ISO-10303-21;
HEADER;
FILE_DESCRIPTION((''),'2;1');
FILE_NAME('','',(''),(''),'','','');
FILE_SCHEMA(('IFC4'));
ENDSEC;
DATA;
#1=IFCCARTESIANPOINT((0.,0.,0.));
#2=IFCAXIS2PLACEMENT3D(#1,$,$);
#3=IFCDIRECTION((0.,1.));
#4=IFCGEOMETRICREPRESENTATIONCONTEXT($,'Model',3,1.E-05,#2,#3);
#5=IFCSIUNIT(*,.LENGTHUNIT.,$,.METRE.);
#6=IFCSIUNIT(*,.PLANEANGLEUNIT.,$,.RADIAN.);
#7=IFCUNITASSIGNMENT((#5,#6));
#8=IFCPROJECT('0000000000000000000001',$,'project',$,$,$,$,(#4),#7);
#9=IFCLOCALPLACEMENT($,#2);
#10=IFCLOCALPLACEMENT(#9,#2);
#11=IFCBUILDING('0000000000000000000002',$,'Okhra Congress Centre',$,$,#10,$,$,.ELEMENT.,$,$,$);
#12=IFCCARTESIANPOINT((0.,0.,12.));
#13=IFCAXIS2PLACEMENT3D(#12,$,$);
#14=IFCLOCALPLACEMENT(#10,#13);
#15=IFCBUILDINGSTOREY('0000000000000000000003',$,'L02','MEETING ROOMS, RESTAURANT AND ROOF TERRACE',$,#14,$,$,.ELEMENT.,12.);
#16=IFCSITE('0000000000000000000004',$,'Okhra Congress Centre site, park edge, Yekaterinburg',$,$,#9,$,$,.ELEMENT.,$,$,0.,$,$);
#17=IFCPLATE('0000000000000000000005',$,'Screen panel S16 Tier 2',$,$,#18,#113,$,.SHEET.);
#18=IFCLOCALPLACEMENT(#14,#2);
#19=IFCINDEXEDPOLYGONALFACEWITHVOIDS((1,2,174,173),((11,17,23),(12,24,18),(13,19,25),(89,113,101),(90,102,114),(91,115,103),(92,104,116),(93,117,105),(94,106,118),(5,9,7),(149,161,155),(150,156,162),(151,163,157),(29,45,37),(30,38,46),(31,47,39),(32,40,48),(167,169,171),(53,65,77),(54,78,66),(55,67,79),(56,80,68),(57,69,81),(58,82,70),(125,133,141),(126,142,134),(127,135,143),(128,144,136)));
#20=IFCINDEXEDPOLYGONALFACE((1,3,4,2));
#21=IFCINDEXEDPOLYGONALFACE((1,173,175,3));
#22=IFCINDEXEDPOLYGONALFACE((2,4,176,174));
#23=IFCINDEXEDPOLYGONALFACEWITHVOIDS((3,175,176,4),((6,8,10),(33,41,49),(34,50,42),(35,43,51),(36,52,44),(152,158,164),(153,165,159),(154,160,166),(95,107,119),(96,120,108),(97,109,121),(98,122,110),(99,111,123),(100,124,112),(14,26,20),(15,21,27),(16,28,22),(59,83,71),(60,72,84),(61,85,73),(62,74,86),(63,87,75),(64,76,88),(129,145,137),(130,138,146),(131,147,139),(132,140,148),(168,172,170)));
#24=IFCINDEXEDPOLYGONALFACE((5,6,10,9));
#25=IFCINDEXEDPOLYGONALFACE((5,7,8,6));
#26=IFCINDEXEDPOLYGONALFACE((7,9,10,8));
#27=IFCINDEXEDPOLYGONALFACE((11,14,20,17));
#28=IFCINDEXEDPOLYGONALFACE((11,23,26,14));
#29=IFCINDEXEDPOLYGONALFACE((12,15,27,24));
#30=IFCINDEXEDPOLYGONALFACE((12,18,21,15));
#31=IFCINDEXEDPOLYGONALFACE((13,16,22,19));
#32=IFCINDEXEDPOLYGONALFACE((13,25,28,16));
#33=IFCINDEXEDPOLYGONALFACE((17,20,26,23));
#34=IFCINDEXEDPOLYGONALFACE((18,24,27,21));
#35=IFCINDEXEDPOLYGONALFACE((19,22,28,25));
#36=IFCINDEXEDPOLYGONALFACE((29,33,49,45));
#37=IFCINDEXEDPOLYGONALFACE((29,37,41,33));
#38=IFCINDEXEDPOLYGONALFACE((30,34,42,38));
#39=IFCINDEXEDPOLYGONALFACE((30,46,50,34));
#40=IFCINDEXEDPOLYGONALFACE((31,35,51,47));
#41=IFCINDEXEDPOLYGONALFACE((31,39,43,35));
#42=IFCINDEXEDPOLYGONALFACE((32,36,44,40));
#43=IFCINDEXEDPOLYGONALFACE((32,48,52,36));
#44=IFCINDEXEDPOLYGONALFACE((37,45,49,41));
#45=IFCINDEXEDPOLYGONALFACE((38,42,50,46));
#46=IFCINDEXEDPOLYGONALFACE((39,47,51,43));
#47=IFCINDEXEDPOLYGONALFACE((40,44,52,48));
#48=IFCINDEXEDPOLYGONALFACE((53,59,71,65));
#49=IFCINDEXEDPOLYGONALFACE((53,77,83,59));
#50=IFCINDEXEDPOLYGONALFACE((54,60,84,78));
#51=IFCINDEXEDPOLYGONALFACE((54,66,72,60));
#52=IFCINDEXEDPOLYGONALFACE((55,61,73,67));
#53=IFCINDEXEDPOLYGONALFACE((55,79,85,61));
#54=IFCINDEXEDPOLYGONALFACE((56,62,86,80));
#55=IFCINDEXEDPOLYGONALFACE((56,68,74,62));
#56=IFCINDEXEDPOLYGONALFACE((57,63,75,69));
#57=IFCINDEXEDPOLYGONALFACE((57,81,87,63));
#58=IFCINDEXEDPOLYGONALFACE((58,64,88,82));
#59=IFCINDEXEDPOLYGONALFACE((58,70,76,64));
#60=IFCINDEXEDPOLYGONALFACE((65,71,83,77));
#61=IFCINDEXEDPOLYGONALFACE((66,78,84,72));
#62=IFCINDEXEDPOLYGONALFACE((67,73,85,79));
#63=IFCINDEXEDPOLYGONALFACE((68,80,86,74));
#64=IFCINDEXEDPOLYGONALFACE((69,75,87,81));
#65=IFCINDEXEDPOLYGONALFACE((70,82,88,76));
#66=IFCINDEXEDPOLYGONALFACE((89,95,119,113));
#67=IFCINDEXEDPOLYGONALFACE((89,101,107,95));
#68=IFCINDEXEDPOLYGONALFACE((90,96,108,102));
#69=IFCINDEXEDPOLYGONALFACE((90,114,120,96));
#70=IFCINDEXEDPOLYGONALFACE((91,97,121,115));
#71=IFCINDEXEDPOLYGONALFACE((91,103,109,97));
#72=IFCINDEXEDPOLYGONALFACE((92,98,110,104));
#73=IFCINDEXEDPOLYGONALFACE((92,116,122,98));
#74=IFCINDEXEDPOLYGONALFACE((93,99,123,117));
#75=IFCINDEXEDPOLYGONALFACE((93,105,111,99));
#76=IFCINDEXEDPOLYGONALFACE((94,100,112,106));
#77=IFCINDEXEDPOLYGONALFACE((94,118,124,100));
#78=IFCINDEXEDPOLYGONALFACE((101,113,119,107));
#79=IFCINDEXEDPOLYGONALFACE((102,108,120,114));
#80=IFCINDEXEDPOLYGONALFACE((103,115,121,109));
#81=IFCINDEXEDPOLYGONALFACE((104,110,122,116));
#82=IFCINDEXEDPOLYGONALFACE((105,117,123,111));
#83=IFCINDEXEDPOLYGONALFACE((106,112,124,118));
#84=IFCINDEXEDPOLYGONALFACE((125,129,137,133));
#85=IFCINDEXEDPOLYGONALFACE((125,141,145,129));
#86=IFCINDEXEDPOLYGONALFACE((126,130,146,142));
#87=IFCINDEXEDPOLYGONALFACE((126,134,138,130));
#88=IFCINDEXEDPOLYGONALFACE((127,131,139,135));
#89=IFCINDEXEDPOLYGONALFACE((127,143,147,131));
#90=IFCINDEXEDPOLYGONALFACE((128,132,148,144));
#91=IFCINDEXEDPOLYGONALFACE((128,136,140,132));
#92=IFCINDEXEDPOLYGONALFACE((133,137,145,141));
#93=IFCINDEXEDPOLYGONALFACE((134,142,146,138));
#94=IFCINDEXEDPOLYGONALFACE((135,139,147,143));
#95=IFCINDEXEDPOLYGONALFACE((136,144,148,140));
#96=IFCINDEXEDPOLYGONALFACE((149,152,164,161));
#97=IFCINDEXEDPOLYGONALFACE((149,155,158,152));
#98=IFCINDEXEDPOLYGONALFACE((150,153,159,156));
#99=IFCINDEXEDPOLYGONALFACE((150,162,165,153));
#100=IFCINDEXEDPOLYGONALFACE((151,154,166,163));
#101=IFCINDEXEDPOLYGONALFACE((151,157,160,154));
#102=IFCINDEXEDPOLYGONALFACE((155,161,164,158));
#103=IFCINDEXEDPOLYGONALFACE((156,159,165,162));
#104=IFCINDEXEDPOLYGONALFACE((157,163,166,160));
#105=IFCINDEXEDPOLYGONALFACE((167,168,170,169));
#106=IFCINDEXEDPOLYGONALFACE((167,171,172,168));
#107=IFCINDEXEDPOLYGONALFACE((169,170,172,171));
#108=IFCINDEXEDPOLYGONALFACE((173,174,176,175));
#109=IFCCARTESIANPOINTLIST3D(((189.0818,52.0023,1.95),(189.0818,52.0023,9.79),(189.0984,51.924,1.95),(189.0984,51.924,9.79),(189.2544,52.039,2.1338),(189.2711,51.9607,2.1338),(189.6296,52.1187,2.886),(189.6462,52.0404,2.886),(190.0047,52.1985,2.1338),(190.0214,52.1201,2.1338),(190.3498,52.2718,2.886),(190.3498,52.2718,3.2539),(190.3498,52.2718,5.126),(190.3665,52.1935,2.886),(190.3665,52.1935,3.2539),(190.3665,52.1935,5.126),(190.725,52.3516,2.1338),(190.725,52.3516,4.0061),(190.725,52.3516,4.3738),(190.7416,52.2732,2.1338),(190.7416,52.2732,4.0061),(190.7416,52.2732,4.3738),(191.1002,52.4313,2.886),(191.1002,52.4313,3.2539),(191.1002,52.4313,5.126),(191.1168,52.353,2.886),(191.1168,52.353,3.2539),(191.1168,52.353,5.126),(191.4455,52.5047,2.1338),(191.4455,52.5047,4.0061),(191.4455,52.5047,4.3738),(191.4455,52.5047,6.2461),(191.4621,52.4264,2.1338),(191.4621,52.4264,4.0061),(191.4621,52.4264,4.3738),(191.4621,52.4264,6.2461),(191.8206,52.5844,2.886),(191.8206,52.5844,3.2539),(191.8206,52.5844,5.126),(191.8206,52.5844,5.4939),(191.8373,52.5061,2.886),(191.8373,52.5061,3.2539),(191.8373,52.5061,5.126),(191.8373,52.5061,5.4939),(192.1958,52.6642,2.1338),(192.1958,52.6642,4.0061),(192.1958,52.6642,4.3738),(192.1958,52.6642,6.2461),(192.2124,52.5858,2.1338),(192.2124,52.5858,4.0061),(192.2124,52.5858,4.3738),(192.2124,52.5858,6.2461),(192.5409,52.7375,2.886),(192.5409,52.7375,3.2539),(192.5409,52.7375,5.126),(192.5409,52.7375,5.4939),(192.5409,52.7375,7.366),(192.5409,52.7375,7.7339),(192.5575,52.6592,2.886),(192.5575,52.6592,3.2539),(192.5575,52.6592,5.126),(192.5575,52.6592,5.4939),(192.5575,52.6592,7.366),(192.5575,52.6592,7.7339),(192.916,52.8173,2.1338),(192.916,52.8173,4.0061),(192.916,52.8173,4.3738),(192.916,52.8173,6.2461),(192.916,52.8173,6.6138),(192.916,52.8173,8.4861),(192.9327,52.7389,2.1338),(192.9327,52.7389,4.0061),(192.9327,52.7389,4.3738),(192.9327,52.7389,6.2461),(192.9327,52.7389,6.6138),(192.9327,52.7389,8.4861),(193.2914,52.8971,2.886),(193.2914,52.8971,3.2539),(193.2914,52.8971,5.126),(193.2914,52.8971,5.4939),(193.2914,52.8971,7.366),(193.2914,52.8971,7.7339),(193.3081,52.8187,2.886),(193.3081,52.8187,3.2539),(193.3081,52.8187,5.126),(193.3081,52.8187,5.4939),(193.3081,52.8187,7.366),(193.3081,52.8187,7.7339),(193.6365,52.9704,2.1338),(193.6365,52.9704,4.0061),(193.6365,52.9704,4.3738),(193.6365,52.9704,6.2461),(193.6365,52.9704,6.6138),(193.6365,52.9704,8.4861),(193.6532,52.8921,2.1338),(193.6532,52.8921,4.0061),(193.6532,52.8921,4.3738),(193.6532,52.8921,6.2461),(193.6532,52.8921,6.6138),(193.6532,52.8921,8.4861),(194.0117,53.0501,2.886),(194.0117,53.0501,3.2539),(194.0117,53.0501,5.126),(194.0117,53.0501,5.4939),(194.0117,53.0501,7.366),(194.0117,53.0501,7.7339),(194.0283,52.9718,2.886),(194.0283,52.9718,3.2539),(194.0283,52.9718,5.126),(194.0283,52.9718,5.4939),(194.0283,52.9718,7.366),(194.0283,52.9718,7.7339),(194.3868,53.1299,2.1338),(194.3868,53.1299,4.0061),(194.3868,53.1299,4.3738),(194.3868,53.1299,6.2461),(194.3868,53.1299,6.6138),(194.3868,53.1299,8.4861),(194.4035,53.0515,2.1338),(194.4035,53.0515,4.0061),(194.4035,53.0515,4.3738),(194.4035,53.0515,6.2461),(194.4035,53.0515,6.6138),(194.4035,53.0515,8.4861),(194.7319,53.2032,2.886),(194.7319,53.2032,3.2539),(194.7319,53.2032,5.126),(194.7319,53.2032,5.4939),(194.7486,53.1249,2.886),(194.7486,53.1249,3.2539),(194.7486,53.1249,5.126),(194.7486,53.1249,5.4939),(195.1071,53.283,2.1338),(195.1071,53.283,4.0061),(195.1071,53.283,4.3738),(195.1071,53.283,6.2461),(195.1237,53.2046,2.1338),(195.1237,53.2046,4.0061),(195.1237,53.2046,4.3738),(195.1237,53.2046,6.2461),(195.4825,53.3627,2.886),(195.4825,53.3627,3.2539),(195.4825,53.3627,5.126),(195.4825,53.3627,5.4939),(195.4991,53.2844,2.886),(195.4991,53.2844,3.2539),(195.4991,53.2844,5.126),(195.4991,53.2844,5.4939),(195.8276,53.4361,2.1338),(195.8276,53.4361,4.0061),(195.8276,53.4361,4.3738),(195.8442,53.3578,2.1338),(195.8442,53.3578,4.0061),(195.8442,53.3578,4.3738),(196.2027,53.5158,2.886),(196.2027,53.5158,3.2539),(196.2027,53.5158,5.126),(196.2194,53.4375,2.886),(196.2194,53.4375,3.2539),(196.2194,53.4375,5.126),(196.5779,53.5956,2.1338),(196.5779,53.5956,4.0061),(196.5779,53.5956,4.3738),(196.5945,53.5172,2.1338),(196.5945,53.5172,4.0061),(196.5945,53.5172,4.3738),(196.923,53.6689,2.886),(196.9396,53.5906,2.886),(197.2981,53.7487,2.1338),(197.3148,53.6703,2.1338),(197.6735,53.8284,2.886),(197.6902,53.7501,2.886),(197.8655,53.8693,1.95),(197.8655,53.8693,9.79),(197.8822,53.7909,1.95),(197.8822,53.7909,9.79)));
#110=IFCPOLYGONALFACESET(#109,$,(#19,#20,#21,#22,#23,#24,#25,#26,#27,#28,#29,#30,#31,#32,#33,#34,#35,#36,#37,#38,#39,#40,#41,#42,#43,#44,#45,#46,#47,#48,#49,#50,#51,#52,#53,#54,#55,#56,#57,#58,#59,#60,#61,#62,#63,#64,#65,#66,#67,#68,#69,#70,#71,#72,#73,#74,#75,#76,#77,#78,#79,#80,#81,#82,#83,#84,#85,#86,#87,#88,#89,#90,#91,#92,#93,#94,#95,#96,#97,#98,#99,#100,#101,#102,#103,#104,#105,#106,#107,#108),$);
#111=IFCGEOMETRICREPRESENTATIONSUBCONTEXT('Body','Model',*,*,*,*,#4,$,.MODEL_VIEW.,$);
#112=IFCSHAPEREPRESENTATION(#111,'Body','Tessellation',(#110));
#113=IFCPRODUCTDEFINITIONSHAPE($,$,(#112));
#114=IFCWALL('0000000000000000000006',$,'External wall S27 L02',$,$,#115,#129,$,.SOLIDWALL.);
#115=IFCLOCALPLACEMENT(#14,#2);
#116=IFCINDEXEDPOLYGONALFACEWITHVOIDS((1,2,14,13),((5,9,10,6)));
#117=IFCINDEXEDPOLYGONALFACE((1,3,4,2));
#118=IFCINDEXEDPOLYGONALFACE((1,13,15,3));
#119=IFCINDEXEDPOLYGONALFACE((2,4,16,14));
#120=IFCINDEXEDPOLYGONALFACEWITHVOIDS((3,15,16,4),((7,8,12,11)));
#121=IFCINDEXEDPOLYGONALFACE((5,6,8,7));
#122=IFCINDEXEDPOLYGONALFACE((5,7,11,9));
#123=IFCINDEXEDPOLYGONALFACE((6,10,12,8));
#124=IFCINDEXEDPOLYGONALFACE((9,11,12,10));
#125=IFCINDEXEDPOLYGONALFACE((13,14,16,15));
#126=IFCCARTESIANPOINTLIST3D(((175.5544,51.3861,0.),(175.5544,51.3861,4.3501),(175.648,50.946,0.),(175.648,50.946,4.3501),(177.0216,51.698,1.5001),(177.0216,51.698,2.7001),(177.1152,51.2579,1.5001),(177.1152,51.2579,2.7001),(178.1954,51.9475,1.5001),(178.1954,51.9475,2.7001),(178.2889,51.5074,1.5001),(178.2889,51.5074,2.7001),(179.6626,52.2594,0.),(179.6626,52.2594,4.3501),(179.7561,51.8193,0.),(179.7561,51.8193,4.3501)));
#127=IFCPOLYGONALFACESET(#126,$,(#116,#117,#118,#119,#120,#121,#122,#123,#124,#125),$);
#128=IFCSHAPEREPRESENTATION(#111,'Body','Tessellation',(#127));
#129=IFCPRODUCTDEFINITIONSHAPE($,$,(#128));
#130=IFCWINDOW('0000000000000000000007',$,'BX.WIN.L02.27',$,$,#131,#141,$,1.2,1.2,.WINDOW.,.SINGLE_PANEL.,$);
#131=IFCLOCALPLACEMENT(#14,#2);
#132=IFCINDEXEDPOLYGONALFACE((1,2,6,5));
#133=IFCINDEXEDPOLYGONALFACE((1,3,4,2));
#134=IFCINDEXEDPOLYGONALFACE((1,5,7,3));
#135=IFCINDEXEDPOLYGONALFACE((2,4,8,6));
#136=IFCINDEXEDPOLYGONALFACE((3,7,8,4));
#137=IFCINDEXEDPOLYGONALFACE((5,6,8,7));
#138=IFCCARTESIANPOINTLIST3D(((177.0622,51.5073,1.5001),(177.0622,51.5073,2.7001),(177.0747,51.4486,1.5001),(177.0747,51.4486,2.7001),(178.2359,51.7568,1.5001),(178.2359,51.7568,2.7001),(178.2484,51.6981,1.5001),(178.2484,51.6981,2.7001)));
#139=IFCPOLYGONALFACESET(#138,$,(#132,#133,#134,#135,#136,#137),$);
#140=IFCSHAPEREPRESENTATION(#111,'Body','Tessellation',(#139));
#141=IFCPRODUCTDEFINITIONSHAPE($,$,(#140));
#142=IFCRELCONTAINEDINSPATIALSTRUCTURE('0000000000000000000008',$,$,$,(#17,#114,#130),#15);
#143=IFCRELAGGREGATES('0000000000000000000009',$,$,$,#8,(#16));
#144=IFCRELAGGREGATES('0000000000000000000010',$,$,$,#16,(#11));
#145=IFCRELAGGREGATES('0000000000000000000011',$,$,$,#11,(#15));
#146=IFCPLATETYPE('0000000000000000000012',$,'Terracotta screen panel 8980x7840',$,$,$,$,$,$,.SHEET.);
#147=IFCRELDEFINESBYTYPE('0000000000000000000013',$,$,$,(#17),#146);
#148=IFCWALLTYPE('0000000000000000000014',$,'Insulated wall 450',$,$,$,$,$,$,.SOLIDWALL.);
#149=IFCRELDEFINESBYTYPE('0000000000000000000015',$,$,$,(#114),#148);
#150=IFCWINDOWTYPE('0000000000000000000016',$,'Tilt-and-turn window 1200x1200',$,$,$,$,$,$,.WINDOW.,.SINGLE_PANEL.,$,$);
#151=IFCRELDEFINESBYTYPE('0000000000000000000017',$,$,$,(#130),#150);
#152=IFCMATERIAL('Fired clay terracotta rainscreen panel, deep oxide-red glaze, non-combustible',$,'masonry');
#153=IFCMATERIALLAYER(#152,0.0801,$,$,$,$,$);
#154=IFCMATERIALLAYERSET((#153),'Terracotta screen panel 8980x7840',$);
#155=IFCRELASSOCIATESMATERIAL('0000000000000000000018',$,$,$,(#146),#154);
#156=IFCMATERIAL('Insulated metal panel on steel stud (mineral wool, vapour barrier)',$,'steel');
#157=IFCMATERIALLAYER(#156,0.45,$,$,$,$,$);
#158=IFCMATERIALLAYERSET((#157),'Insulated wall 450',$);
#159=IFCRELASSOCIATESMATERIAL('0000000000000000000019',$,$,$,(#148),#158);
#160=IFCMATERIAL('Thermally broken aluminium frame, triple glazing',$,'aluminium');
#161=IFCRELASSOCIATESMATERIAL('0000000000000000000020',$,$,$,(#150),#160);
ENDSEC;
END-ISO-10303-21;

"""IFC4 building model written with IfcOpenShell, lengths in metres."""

from ifc_helpers import new_model, si_unit, direction, frame, frame_2d, origin, place, context, subcontext, project, spatial, polyline, rectangle, outline, extrude, material, layer, layer_set, type_object, element, fill, save


model = new_model("IFC4")

# Units and contexts
model_context = context("Model", 3, precision=1e-05, world=origin(), true_north=direction((0.0, 1.0)))
body_context = subcontext(model_context, "Body", "Model", "MODEL_VIEW")
ifc_project = project(units=[si_unit("LENGTHUNIT", "METRE"), si_unit("PLANEANGLEUNIT", "RADIAN")], contexts=[model_context])

# Site, building, storey
site_placement = place(None, origin())
site = spatial("IfcSite", under=ifc_project, at=site_placement, Name="Okhra Congress Centre site, park edge, Yekaterinburg", CompositionType="ELEMENT", RefElevation=0.0)
building_placement = place(site_placement, origin())
building = spatial("IfcBuilding", under=site, at=building_placement, Name="Okhra Congress Centre", CompositionType="ELEMENT")
storey_placement = place(building_placement, frame((0.0, 0.0, 12.0)))
storey = spatial("IfcBuildingStorey", under=building, at=storey_placement, Name="L02", Description="MEETING ROOMS, RESTAURANT AND ROOF TERRACE", CompositionType="ELEMENT", Elevation=12.0)

# Plate
ifc_material_1 = material(Name="Fired clay terracotta rainscreen panel, deep oxide-red glaze, non-combustible", Category="masonry")
ifc_layer_1 = layer(ifc_material_1, 0.0801)
ifc_layer_set_1 = layer_set([ifc_layer_1], Name="Terracotta screen panel 8980x7840")
plate_type = type_object("IfcPlateType", Name="Terracotta screen panel 8980x7840", PredefinedType="SHEET", material=ifc_layer_set_1)
plate_1_placement = place(storey_placement, frame((189.0901, 51.9631, 1.95), z_axis=(0.0, 0.0, 1.0), x_axis=(0.97815, 0.207902, 0.0)))
element("IfcPlate", 1, at=plate_1_placement, inside=storey, type_object=plate_type, Name="Screen panel S16 Tier 2", PredefinedType="SHEET", context=body_context, shape_type="SweptSolid", body=[
    extrude(outline(polyline([(0.0, 0.0), (8.98, 0.0), (8.98, 7.8401), (0.0, 7.8401), (0.0, 0.0)]), holes=[polyline([(0.1765, 0.1838), (0.9436, 0.1838), (0.5601, 0.936), (0.1765, 0.1838)]), polyline([(1.2964, 0.936), (1.6799, 0.1838), (2.0635, 0.936), (1.2964, 0.936)]), polyline([(2.4165, 0.1838), (3.1836, 0.1838), (2.8, 0.936), (2.4165, 0.1838)]), polyline([(3.5364, 0.936), (3.9199, 0.1838), (4.3037, 0.936), (3.5364, 0.936)]), polyline([(4.6565, 0.1838), (5.4236, 0.1838), (5.04, 0.936), (4.6565, 0.1838)]), polyline([(5.7764, 0.936), (6.1599, 0.1838), (6.5437, 0.936), (5.7764, 0.936)]), polyline([(6.8965, 0.1838), (7.6636, 0.1838), (7.28, 0.936), (6.8965, 0.1838)]), polyline([(8.0164, 0.936), (8.3999, 0.1838), (8.7837, 0.936), (8.0164, 0.936)]), polyline([(1.2964, 1.304), (2.0635, 1.304), (1.6799, 2.0562), (1.2964, 1.304)]), polyline([(2.4165, 2.0562), (2.8, 1.304), (3.1836, 2.0562), (2.4165, 2.0562)]), polyline([(3.5364, 1.304), (4.3037, 1.304), (3.9199, 2.0562), (3.5364, 1.304)]), polyline([(4.6565, 2.0562), (5.04, 1.304), (5.4236, 2.0562), (4.6565, 2.0562)]), polyline([(5.7764, 1.304), (6.5437, 1.304), (6.1599, 2.0562), (5.7764, 1.304)]), polyline([(6.8965, 2.0562), (7.28, 1.304), (7.6636, 2.0562), (6.8965, 2.0562)]), polyline([(1.2964, 3.176), (1.6799, 2.4238), (2.0635, 3.176), (1.2964, 3.176)]), polyline([(2.4165, 2.4238), (3.1836, 2.4238), (2.8, 3.176), (2.4165, 2.4238)]), polyline([(3.5364, 3.176), (3.9199, 2.4238), (4.3037, 3.176), (3.5364, 3.176)]), polyline([(4.6565, 2.4238), (5.4236, 2.4238), (5.04, 3.176), (4.6565, 2.4238)]), polyline([(5.7764, 3.176), (6.1599, 2.4238), (6.5437, 3.176), (5.7764, 3.176)]), polyline([(6.8965, 2.4238), (7.6636, 2.4238), (7.28, 3.176), (6.8965, 2.4238)]), polyline([(2.4165, 4.2961), (2.8, 3.5439), (3.1836, 4.2961), (2.4165, 4.2961)]), polyline([(3.5364, 3.5439), (4.3037, 3.5439), (3.9199, 4.2961), (3.5364, 3.5439)]), polyline([(4.6565, 4.2961), (5.04, 3.5439), (5.4236, 4.2961), (4.6565, 4.2961)]), polyline([(5.7764, 3.5439), (6.5437, 3.5439), (6.1599, 4.2961), (5.7764, 3.5439)]), polyline([(3.5364, 5.416), (3.9199, 4.6638), (4.3037, 5.416), (3.5364, 5.416)]), polyline([(4.6565, 4.6638), (5.4236, 4.6638), (5.04, 5.416), (4.6565, 4.6638)]), polyline([(3.5364, 5.7839), (4.3037, 5.7839), (3.9199, 6.5361), (3.5364, 5.7839)]), polyline([(4.6565, 6.5361), (5.04, 5.7839), (5.4236, 6.5361), (4.6565, 6.5361)])]), frame((0.0, 0.04, 0.0), z_axis=(0.0, -1.0, 0.0), x_axis=(1.0, 0.0, 0.0)), (0.0, 0.0, 1.0), 0.0801),
])

# Wall, opening, window
ifc_material_2 = material(Name="Insulated metal panel on steel stud (mineral wool, vapour barrier)", Category="steel")
ifc_layer_2 = layer(ifc_material_2, 0.45)
ifc_layer_set_2 = layer_set([ifc_layer_2], Name="Insulated wall 450")
wall_type_1 = type_object("IfcWallType", Name="Insulated wall 450", PredefinedType="SOLIDWALL", material=ifc_layer_set_2)
wall_1_placement = place(storey_placement, frame((175.6011, 51.166, 0.0), z_axis=(0.0, 0.0, 1.0), x_axis=(0.978144, 0.207929, 0.0)))
wall_1 = element("IfcWall", 2, at=wall_1_placement, inside=storey, type_object=wall_type_1, Name="External wall S27 L02", PredefinedType="SOLIDWALL", context=body_context, shape_type="SweptSolid", body=[
    extrude(rectangle(XDim=4.2, YDim=0.45, at=frame_2d((2.1001, 0.0))), origin(), (0.0, 0.0, 1.0), 4.3501),
])
opening_1_placement = place(wall_1_placement, frame((1.5, 0.0, 1.5)))
opening_1 = element("IfcOpeningElement", 3, at=opening_1_placement, cuts=wall_1, PredefinedType="OPENING", context=body_context, shape_type="SweptSolid", body=[
    extrude(rectangle(XDim=1.2, YDim=1.2, at=frame_2d((0.6001, 0.6001))), frame((0.0, 0.2349, 0.0), z_axis=(0.0, -1.0, 0.0), x_axis=(1.0, 0.0, 0.0)), (0.0, 0.0, 1.0), 0.47),
])
ifc_material_3 = material(Name="Thermally broken aluminium frame, triple glazing", Category="aluminium")
window_type_1 = type_object("IfcWindowType", Name="Tilt-and-turn window 1200x1200", PartitioningType="SINGLE_PANEL", PredefinedType="WINDOW", material=ifc_material_3)
window_1_placement = place(opening_1_placement, origin())
window_1 = element("IfcWindow", 4, at=window_1_placement, inside=storey, type_object=window_type_1, Name="BX.WIN.L02.27", OverallHeight=1.2, OverallWidth=1.2, PartitioningType="SINGLE_PANEL", PredefinedType="WINDOW", context=body_context, shape_type="SweptSolid", body=[
    extrude(rectangle(XDim=1.2, YDim=1.2, at=frame_2d((0.6001, 0.6001))), frame((0.0, 0.03, 0.0), z_axis=(0.0, -1.0, 0.0), x_axis=(1.0, 0.0, 0.0)), (0.0, 0.0, 1.0), 0.0601),
])
fill(opening_1, window_1)

save(model, "model.ifc")
